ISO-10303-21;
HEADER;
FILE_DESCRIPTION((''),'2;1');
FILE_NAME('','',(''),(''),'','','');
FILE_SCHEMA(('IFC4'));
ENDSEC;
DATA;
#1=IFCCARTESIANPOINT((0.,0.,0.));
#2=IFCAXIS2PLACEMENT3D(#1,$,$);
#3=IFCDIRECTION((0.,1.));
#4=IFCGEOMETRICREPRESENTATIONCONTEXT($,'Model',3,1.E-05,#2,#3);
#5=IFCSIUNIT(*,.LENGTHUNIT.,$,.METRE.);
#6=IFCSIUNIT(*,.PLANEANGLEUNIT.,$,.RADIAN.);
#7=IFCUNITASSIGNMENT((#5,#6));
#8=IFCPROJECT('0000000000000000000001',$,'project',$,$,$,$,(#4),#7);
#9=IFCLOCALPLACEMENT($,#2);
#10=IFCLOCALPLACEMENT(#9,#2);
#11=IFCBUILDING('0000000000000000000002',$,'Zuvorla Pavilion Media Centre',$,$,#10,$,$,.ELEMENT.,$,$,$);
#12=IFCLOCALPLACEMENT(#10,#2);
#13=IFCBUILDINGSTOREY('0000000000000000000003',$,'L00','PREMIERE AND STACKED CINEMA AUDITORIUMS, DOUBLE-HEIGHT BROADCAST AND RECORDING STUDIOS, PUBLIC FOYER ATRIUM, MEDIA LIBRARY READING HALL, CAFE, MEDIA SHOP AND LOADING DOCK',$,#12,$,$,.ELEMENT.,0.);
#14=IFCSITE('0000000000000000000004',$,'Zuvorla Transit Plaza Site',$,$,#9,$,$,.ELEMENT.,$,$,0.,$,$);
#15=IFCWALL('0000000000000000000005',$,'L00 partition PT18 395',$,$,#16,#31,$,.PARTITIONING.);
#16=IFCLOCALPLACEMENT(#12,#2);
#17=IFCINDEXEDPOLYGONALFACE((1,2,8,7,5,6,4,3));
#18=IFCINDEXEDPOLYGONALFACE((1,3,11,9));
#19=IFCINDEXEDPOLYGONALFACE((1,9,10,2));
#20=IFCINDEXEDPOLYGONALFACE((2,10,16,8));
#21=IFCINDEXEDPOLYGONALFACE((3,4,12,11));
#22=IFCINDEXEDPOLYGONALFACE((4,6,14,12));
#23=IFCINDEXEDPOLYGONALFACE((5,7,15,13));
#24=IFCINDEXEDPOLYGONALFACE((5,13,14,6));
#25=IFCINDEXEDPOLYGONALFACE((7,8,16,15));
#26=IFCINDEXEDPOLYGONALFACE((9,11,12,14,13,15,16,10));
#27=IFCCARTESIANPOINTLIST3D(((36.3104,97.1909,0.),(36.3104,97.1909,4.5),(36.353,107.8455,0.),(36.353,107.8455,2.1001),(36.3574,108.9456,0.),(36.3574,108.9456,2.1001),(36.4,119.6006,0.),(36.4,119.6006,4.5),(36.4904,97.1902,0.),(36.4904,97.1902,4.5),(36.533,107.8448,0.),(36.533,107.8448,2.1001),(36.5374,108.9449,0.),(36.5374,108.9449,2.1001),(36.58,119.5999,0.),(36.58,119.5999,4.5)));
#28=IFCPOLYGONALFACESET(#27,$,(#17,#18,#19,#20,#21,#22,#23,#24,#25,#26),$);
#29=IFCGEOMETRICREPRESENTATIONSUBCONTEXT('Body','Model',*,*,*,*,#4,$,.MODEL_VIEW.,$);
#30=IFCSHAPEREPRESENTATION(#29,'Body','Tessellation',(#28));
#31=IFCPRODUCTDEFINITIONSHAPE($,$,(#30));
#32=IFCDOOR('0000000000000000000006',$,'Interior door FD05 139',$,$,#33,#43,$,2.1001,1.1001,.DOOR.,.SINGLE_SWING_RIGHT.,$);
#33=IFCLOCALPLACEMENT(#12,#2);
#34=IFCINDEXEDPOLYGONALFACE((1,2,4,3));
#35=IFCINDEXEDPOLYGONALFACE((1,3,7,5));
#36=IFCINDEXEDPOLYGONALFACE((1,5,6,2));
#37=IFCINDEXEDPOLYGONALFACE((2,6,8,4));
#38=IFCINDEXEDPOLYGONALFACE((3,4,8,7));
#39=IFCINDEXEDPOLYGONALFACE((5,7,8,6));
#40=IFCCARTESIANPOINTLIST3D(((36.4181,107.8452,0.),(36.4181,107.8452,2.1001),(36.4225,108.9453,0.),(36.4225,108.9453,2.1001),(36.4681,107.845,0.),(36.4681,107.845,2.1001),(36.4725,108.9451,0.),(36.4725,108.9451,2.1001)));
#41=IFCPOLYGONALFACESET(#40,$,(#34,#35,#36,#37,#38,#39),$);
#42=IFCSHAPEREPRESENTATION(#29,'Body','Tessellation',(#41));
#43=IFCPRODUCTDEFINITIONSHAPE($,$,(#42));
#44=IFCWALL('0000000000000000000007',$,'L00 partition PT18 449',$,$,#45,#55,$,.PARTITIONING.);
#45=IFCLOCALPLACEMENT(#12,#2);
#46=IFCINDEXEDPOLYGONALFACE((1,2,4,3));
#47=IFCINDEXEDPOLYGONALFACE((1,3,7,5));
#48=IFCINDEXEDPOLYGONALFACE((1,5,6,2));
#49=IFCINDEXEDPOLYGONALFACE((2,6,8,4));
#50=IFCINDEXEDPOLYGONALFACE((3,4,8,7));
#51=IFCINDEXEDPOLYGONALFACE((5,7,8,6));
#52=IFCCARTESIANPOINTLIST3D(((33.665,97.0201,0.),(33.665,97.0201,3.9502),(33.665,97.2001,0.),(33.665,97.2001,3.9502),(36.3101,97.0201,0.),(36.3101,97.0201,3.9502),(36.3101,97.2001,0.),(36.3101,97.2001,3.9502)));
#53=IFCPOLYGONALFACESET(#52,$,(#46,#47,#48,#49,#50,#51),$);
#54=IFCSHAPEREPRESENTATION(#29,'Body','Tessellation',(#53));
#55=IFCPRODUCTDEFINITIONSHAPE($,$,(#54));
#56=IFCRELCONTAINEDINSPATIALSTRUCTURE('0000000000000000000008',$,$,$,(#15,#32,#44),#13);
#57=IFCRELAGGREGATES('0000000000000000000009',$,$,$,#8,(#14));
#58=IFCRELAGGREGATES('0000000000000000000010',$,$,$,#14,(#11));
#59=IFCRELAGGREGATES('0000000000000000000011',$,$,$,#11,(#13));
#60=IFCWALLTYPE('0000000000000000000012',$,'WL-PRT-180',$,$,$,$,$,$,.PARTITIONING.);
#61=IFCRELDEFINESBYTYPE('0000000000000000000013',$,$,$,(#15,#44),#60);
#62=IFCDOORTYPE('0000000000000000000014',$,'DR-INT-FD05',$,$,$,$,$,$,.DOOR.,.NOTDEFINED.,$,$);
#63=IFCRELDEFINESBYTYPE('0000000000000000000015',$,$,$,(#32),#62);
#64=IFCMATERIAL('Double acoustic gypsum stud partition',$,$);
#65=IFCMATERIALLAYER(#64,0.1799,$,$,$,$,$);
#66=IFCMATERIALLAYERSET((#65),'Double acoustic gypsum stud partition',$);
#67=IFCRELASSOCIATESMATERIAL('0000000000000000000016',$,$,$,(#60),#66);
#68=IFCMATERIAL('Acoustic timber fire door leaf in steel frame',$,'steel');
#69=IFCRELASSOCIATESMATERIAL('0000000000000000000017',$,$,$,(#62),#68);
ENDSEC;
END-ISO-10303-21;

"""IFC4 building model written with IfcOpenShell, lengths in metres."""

from ifc_helpers import new_model, si_unit, direction, frame, frame_2d, origin, place, context, subcontext, project, spatial, rectangle, extrude, material, layer, layer_set, type_object, element, fill, save


model = new_model("IFC4")

# Units and contexts
model_context = context("Model", 3, precision=1e-05, world=origin(), true_north=direction((0.0, 1.0)))
body_context = subcontext(model_context, "Body", "Model", "MODEL_VIEW")
ifc_project = project(units=[si_unit("LENGTHUNIT", "METRE"), si_unit("PLANEANGLEUNIT", "RADIAN")], contexts=[model_context])

# Site, building, storey
site_placement = place(None, origin())
site = spatial("IfcSite", under=ifc_project, at=site_placement, Name="Zuvorla Transit Plaza Site", CompositionType="ELEMENT", RefElevation=0.0)
building_placement = place(site_placement, origin())
building = spatial("IfcBuilding", under=site, at=building_placement, Name="Zuvorla Pavilion Media Centre", CompositionType="ELEMENT")
storey_placement = place(building_placement, origin())
storey = spatial("IfcBuildingStorey", under=building, at=storey_placement, Name="L00", Description="PREMIERE AND STACKED CINEMA AUDITORIUMS, DOUBLE-HEIGHT BROADCAST AND RECORDING STUDIOS, PUBLIC FOYER ATRIUM, MEDIA LIBRARY READING HALL, CAFE, MEDIA SHOP AND LOADING DOCK", CompositionType="ELEMENT", Elevation=0.0)

# Wall, opening, door
ifc_material_1 = material(Name="Double acoustic gypsum stud partition")
ifc_layer_1 = layer(ifc_material_1, 0.1799)
ifc_layer_set_1 = layer_set([ifc_layer_1], Name="Double acoustic gypsum stud partition")
wall_type_1 = type_object("IfcWallType", Name="WL-PRT-180", PredefinedType="PARTITIONING", material=ifc_layer_set_1)
ifc_material_2 = material(Name="Acoustic timber fire door leaf in steel frame", Category="steel")
wall_1_placement = place(storey_placement, frame((36.4004, 97.1904, 0.0), z_axis=(0.0, 0.0, 1.0), x_axis=(0.003998, 0.999992, 0.0)))
wall_1 = element("IfcWall", 1, at=wall_1_placement, inside=storey, type_object=wall_type_1, Name="L00 partition PT18 395", PredefinedType="PARTITIONING", context=body_context, shape_type="SweptSolid", body=[
    extrude(rectangle(XDim=22.4099, YDim=0.1799, at=frame_2d((11.2051, 0.0))), origin(), (0.0, 0.0, 1.0), 4.5),
])
opening_1_placement = place(wall_1_placement, frame((10.6548, 0.0, 0.0)))
opening_1 = element("IfcOpeningElement", 2, at=opening_1_placement, cuts=wall_1, PredefinedType="OPENING", context=body_context, shape_type="SweptSolid", body=[
    extrude(rectangle(XDim=1.1001, YDim=2.1001, at=frame_2d((0.55, 1.05))), frame((0.0, 0.0999, 0.0), z_axis=(0.0, -1.0, 0.0), x_axis=(1.0, 0.0, 0.0)), (0.0, 0.0, 1.0), 0.2),
])
door_type_1 = type_object("IfcDoorType", Name="DR-INT-FD05", OperationType="NOTDEFINED", PredefinedType="DOOR", material=ifc_material_2)
door_1_placement = place(opening_1_placement, origin())
door_1 = element("IfcDoor", 3, at=door_1_placement, inside=storey, type_object=door_type_1, Name="Interior door FD05 139", OperationType="SINGLE_SWING_RIGHT", OverallHeight=2.1001, OverallWidth=1.1001, PredefinedType="DOOR", context=body_context, shape_type="SweptSolid", body=[
    extrude(rectangle(XDim=1.1001, YDim=2.1001, at=frame_2d((0.55, 1.05))), frame((0.0, 0.0249, 0.0), z_axis=(0.0, -1.0, 0.0), x_axis=(1.0, 0.0, 0.0)), (0.0, 0.0, 1.0), 0.05),
])
fill(opening_1, door_1)

# Wall
wall_2_placement = place(storey_placement, frame((33.665, 97.1101, 0.0), z_axis=(0.0, 0.0, 1.0), x_axis=(1.0, 0.0, 0.0)))
element("IfcWall", 4, at=wall_2_placement, inside=storey, type_object=wall_type_1, Name="L00 partition PT18 449", PredefinedType="PARTITIONING", context=body_context, shape_type="SweptSolid", body=[
    extrude(rectangle(XDim=2.645, YDim=0.1799, at=frame_2d((1.3225, 0.0))), origin(), (0.0, 0.0, 1.0), 3.9502),
])

save(model, "model.ifc")
